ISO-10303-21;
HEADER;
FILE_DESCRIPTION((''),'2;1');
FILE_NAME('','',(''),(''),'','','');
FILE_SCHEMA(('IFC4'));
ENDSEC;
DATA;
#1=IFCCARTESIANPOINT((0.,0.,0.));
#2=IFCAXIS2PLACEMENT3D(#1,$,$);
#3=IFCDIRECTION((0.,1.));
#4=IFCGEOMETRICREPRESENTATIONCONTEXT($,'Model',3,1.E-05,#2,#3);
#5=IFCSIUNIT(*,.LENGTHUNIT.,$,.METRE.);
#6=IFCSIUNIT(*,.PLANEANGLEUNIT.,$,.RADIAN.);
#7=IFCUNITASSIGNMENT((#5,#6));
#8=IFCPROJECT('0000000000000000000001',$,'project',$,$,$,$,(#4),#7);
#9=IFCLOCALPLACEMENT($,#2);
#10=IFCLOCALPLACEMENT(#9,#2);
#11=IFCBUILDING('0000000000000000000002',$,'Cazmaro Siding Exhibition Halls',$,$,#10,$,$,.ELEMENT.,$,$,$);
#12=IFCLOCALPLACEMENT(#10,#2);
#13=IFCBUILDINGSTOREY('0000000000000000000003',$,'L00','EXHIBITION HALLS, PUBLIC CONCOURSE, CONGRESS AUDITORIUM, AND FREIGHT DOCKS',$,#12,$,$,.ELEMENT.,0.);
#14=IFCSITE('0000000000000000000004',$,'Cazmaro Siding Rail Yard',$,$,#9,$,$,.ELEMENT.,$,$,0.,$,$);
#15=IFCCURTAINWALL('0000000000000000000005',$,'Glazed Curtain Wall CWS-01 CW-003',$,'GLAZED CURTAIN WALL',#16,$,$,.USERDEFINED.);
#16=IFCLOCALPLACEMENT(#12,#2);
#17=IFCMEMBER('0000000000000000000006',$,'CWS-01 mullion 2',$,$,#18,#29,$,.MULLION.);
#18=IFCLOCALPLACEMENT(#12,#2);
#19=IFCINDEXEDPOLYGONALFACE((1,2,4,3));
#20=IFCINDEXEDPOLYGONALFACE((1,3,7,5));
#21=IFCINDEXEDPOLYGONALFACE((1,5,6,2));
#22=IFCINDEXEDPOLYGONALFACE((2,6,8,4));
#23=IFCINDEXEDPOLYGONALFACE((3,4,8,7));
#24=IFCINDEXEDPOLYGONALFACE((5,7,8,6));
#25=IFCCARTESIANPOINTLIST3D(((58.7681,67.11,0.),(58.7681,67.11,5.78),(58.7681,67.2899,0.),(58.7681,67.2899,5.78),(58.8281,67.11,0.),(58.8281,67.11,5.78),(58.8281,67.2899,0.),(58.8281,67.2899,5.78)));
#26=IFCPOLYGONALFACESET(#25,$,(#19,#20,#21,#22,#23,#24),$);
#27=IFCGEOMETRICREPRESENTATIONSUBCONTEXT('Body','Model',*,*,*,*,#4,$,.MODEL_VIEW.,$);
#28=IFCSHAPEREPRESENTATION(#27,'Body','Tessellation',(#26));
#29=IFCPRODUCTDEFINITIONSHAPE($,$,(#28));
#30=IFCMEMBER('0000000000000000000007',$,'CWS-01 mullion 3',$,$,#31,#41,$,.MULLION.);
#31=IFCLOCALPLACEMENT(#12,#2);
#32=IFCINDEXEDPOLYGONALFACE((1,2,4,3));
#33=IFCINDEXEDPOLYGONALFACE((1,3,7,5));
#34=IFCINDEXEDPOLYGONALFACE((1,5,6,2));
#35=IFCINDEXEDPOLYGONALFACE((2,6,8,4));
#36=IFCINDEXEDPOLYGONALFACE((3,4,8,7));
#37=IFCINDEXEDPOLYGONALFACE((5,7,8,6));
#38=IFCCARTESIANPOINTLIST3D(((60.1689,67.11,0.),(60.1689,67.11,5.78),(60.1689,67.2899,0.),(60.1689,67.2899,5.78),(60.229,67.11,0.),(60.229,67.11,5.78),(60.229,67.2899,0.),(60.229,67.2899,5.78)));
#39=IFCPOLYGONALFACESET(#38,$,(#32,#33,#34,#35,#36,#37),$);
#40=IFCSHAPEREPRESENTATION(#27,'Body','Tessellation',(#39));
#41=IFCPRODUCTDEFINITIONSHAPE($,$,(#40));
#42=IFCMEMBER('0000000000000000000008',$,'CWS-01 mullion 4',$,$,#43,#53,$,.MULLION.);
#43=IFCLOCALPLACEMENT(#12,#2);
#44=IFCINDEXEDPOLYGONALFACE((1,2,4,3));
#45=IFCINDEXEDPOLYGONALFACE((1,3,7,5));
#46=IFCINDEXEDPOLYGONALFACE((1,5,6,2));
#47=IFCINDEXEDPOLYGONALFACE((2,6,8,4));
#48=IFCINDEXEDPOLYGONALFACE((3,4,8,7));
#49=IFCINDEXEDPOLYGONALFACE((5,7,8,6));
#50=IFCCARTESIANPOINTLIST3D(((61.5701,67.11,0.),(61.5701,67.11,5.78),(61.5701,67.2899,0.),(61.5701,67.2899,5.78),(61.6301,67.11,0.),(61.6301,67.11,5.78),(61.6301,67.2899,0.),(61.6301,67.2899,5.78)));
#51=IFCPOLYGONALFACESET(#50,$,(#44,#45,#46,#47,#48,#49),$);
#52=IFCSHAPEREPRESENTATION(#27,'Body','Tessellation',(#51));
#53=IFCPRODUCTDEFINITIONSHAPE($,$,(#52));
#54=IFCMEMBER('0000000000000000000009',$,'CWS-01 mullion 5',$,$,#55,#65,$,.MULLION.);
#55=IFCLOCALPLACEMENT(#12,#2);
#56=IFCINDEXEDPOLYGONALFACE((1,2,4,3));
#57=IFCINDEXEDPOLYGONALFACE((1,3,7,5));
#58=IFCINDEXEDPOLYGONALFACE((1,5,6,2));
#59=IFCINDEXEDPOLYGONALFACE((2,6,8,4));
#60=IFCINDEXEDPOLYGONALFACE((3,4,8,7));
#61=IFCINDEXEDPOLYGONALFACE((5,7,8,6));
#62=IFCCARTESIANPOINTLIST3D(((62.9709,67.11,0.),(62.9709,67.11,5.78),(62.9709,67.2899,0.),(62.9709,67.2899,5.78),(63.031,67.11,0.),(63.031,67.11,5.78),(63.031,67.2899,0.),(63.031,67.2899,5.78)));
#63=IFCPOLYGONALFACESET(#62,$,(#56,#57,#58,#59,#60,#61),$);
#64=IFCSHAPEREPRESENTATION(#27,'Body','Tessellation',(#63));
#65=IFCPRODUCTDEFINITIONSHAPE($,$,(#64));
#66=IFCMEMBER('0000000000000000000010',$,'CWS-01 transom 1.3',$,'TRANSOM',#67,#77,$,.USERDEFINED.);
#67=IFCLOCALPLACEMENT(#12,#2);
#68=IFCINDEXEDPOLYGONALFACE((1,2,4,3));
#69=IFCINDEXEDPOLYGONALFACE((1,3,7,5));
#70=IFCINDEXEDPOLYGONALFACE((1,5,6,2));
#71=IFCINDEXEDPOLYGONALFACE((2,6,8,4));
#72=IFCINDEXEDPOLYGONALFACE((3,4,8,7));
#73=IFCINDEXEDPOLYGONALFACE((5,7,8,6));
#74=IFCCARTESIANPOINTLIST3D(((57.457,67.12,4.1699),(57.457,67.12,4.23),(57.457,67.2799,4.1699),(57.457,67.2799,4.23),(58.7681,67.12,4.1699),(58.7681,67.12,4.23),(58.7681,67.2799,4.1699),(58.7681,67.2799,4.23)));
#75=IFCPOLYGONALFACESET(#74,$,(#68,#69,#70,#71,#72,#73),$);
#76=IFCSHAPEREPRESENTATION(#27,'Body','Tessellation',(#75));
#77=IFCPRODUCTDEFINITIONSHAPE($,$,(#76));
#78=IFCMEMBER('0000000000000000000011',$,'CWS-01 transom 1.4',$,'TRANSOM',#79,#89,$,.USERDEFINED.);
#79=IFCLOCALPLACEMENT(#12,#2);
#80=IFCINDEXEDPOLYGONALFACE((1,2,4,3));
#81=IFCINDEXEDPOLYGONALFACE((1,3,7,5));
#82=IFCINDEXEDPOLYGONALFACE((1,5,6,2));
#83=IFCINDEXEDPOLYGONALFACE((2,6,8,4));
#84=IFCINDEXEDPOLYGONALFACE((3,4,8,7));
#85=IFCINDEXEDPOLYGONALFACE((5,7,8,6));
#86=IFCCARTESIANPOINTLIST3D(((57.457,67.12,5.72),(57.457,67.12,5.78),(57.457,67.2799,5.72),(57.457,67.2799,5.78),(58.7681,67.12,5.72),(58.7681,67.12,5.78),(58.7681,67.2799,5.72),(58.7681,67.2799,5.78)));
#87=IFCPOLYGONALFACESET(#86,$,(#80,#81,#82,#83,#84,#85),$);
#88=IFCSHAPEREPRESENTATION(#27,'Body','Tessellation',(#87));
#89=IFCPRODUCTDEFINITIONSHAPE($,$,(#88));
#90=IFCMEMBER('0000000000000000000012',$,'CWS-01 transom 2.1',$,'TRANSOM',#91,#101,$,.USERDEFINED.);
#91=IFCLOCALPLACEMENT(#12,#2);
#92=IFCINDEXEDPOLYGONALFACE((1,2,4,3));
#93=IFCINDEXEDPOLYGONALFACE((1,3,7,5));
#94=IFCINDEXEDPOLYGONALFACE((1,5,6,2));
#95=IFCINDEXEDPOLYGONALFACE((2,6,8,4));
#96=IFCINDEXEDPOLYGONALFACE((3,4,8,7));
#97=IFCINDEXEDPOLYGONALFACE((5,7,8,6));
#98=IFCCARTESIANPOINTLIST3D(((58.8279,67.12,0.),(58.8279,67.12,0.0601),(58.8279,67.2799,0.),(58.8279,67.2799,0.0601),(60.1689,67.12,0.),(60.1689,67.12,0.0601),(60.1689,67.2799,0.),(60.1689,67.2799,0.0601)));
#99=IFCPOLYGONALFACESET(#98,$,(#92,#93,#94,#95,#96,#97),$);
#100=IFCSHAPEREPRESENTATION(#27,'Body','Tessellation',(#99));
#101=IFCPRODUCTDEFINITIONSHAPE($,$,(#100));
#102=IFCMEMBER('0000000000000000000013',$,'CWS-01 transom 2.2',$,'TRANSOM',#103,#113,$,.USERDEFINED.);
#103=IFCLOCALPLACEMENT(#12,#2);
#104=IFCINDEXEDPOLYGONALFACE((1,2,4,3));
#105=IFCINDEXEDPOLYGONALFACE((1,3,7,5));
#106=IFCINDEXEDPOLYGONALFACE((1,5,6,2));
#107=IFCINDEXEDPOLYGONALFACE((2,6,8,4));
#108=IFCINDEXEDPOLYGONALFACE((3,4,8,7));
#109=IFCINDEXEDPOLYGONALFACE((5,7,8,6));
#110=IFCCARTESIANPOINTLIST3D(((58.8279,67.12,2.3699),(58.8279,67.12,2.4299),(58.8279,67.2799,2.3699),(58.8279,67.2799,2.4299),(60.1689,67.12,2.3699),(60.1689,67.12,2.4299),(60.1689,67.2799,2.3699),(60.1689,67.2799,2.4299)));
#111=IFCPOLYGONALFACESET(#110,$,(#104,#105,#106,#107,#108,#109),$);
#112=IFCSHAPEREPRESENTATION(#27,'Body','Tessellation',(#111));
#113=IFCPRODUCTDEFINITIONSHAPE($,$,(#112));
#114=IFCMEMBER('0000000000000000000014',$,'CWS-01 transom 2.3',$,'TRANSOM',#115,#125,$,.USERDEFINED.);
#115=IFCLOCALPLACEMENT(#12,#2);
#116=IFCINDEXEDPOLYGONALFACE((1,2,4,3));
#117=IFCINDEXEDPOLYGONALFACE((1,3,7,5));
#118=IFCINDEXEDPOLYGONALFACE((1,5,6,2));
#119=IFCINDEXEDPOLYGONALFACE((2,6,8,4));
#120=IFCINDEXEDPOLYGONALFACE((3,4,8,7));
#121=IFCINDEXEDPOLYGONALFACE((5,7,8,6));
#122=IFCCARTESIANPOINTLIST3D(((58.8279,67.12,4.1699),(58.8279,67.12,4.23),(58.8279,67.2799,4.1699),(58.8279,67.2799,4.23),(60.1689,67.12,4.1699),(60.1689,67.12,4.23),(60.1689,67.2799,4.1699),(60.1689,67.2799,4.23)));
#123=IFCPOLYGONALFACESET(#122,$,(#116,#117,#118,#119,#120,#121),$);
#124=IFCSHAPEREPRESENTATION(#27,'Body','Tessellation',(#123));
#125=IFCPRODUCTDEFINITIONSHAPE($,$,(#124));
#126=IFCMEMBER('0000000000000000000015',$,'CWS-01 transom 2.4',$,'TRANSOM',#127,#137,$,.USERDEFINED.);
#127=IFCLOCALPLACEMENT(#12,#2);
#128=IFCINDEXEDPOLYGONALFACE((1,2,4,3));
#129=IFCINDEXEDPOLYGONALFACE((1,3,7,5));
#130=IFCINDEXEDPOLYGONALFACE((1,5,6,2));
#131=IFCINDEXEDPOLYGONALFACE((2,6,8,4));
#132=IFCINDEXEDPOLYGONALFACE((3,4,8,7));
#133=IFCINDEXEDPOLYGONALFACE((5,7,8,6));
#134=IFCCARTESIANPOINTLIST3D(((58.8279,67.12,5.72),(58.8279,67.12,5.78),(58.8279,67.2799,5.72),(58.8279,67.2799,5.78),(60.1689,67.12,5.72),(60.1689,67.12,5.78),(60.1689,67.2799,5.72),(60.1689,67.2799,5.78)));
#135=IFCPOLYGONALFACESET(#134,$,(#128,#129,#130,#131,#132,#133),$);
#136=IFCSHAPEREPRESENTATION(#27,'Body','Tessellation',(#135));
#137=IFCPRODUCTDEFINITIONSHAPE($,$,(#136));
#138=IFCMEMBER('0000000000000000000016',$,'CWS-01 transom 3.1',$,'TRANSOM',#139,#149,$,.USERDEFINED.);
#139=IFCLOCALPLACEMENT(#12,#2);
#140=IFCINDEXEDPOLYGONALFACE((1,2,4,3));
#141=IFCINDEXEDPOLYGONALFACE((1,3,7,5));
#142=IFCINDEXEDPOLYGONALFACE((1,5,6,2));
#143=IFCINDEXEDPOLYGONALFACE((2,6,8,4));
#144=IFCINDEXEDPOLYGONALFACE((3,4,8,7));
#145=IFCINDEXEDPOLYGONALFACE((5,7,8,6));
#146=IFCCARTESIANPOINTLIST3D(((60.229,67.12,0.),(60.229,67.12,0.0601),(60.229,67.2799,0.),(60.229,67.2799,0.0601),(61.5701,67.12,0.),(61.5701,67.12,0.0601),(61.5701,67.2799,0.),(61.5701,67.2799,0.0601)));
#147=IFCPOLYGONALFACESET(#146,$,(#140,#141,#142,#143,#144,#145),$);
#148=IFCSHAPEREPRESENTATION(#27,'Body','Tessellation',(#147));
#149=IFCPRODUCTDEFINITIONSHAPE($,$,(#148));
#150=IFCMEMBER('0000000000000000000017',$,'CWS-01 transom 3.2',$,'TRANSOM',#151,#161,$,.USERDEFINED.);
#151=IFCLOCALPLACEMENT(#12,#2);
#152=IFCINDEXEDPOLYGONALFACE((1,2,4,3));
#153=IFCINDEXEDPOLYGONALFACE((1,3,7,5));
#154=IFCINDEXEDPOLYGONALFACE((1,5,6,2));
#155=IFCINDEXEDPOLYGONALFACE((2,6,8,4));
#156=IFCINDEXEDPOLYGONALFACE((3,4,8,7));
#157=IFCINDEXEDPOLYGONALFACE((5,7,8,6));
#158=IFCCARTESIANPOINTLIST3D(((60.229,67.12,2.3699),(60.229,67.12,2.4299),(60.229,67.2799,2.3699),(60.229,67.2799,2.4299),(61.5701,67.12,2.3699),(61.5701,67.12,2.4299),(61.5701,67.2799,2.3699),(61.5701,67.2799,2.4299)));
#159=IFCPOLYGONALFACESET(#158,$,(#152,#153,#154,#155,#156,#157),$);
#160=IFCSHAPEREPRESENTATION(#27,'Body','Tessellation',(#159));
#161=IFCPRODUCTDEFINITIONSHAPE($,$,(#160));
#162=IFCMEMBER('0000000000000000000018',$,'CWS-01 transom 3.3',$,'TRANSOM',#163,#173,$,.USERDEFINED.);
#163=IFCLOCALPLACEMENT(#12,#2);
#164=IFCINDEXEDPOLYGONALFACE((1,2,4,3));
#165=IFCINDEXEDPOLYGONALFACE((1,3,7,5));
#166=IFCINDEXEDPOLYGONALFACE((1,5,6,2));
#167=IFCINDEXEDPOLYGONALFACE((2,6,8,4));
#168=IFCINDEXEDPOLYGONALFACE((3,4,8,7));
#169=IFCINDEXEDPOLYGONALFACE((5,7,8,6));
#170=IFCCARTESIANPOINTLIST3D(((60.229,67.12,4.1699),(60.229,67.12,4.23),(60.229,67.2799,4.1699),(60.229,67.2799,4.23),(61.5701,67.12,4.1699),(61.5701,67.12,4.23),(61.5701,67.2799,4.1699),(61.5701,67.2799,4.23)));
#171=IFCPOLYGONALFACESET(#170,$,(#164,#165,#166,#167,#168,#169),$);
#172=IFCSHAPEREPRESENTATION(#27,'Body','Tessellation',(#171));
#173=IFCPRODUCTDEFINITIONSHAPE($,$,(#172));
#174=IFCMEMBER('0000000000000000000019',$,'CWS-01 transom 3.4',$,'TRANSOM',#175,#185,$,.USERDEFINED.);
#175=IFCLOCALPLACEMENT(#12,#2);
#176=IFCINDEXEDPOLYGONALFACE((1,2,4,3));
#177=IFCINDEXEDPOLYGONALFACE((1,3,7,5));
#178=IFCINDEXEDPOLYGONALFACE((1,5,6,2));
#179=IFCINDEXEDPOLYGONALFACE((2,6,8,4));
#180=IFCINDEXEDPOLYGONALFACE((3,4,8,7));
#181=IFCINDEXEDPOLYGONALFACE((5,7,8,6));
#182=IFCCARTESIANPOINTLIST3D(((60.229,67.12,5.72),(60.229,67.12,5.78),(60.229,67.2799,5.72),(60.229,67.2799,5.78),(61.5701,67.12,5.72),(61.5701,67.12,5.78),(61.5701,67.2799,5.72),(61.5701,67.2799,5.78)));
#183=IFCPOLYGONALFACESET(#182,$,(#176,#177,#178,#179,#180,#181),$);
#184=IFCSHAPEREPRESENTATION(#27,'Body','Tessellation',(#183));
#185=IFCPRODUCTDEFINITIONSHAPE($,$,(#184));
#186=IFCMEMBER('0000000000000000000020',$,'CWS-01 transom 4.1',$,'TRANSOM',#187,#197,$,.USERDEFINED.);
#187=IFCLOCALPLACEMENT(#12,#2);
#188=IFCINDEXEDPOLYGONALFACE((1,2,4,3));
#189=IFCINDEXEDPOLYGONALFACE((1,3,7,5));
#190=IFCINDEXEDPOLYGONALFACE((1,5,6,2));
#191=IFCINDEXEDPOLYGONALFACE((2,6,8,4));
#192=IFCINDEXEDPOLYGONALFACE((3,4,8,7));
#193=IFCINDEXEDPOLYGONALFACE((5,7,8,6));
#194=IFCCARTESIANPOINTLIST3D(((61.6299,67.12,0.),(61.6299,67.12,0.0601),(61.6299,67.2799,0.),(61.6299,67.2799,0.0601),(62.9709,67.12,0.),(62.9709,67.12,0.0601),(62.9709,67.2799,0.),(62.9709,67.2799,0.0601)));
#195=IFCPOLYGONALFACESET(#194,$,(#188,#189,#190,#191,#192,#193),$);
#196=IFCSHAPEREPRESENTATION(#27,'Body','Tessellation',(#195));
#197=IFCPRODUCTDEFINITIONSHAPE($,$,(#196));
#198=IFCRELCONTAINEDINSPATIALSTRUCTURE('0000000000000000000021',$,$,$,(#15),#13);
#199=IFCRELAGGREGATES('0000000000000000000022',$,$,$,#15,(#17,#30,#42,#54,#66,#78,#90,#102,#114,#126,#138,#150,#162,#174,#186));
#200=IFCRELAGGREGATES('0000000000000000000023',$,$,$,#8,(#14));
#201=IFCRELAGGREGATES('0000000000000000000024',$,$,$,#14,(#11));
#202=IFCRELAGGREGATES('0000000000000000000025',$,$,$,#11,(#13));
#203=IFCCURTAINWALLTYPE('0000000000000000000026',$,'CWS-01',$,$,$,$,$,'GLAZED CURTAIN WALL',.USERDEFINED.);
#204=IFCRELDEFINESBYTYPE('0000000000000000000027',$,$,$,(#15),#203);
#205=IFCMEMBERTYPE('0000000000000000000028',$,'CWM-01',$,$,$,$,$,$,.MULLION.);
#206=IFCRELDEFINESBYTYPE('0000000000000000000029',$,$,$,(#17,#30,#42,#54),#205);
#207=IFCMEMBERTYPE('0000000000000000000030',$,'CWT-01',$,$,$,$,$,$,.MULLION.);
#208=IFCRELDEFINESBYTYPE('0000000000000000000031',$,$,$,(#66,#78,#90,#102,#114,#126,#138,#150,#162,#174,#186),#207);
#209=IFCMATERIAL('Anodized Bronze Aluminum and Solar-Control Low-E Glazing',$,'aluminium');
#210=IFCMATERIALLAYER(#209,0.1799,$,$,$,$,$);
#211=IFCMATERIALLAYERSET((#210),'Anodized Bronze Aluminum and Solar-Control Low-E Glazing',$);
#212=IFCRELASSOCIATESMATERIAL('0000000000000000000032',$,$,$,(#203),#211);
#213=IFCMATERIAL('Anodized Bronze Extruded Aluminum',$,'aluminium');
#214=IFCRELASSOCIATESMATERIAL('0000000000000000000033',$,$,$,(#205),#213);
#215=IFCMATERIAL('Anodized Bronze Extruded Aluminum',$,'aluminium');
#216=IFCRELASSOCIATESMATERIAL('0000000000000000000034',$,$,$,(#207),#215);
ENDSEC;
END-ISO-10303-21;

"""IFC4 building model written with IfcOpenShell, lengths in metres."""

from ifc_helpers import new_model, si_unit, direction, frame, origin, origin_2d, place, context, subcontext, project, spatial, rectangle, extrude, material, layer, layer_set, material_profile, profile_set, type_object, element, aggregate, save


model = new_model("IFC4")

# Units and contexts
model_context = context("Model", 3, precision=1e-05, world=origin(), true_north=direction((0.0, 1.0)))
body_context = subcontext(model_context, "Body", "Model", "MODEL_VIEW")
ifc_project = project(units=[si_unit("LENGTHUNIT", "METRE"), si_unit("PLANEANGLEUNIT", "RADIAN")], contexts=[model_context])

# Site, building, storey
site_placement = place(None, origin())
site = spatial("IfcSite", under=ifc_project, at=site_placement, Name="Cazmaro Siding Rail Yard", CompositionType="ELEMENT", RefElevation=0.0)
building_placement = place(site_placement, origin())
building = spatial("IfcBuilding", under=site, at=building_placement, Name="Cazmaro Siding Exhibition Halls", CompositionType="ELEMENT")
storey_placement = place(building_placement, origin())
storey = spatial("IfcBuildingStorey", under=building, at=storey_placement, Name="L00", Description="EXHIBITION HALLS, PUBLIC CONCOURSE, CONGRESS AUDITORIUM, AND FREIGHT DOCKS", CompositionType="ELEMENT", Elevation=0.0)

# Curtain wall, members
ifc_material_1 = material(Name="Anodized Bronze Aluminum and Solar-Control Low-E Glazing", Category="aluminium")
ifc_layer_1 = layer(ifc_material_1, 0.1799)
ifc_layer_set_1 = layer_set([ifc_layer_1], Name="Anodized Bronze Aluminum and Solar-Control Low-E Glazing")
curtain_wall_type = type_object("IfcCurtainWallType", Name="CWS-01", ElementType="GLAZED CURTAIN WALL", PredefinedType="USERDEFINED", material=ifc_layer_set_1)
curtain_wall_placement = place(storey_placement, origin())
curtain_wall = element("IfcCurtainWall", 1, at=curtain_wall_placement, inside=storey, type_object=curtain_wall_type, Name="Glazed Curtain Wall CWS-01 CW-003", ObjectType="GLAZED CURTAIN WALL", PredefinedType="USERDEFINED")
ifc_material_2 = material(Name="Anodized Bronze Extruded Aluminum", Category="aluminium")
ifc_material_profile_1 = material_profile(ifc_material_2, rectangle(XDim=0.1799, YDim=0.0601, at=origin_2d()), Name="CWM-01")
ifc_profile_set_1 = profile_set([ifc_material_profile_1], Name="Anodized Bronze Extruded Aluminum")
member_type_1 = type_object("IfcMemberType", Name="CWM-01", PredefinedType="MULLION", material=ifc_profile_set_1)
member_1_placement = place(storey_placement, frame((58.7981, 67.2, 0.0), z_axis=(0.0, 0.0, 1.0), x_axis=(0.0, 1.0, 0.0)))
member_1 = element("IfcMember", 2, at=member_1_placement, type_object=member_type_1, Name="CWS-01 mullion 2", PredefinedType="MULLION", context=body_context, shape_type="SweptSolid", body=[
    extrude(rectangle(XDim=0.1799, YDim=0.0601, at=origin_2d()), origin(), (0.0, 0.0, 1.0), 5.78),
])
member_2_placement = place(storey_placement, frame((60.199, 67.2, 0.0), z_axis=(0.0, 0.0, 1.0), x_axis=(0.0, 1.0, 0.0)))
member_2 = element("IfcMember", 3, at=member_2_placement, type_object=member_type_1, Name="CWS-01 mullion 3", PredefinedType="MULLION", context=body_context, shape_type="SweptSolid", body=[
    extrude(rectangle(XDim=0.1799, YDim=0.0601, at=origin_2d()), origin(), (0.0, 0.0, 1.0), 5.78),
])
member_3_placement = place(storey_placement, frame((61.6001, 67.2, 0.0), z_axis=(0.0, 0.0, 1.0), x_axis=(0.0, 1.0, 0.0)))
member_3 = element("IfcMember", 4, at=member_3_placement, type_object=member_type_1, Name="CWS-01 mullion 4", PredefinedType="MULLION", context=body_context, shape_type="SweptSolid", body=[
    extrude(rectangle(XDim=0.1799, YDim=0.0601, at=origin_2d()), origin(), (0.0, 0.0, 1.0), 5.78),
])
member_4_placement = place(storey_placement, frame((63.001, 67.2, 0.0), z_axis=(0.0, 0.0, 1.0), x_axis=(0.0, 1.0, 0.0)))
member_4 = element("IfcMember", 5, at=member_4_placement, type_object=member_type_1, Name="CWS-01 mullion 5", PredefinedType="MULLION", context=body_context, shape_type="SweptSolid", body=[
    extrude(rectangle(XDim=0.1799, YDim=0.0601, at=origin_2d()), origin(), (0.0, 0.0, 1.0), 5.78),
])
ifc_material_3 = material(Name="Anodized Bronze Extruded Aluminum", Category="aluminium")
ifc_material_profile_2 = material_profile(ifc_material_3, rectangle(XDim=0.1599, YDim=0.0601, at=origin_2d()), Name="CWT-01")
ifc_profile_set_2 = profile_set([ifc_material_profile_2], Name="Anodized Bronze Extruded Aluminum")
member_type_2 = type_object("IfcMemberType", Name="CWT-01", PredefinedType="MULLION", material=ifc_profile_set_2)
member_5_placement = place(storey_placement, frame((57.457, 67.2, 4.2), z_axis=(1.0, 0.0, 0.0), x_axis=(0.0, 1.0, 0.0)))
member_5 = element("IfcMember", 6, at=member_5_placement, type_object=member_type_2, Name="CWS-01 transom 1.3", ObjectType="TRANSOM", PredefinedType="USERDEFINED", context=body_context, shape_type="SweptSolid", body=[
    extrude(rectangle(XDim=0.1599, YDim=0.0601, at=origin_2d()), origin(), (0.0, 0.0, 1.0), 1.311),
])
member_6_placement = place(storey_placement, frame((57.457, 67.2, 5.75), z_axis=(1.0, 0.0, 0.0), x_axis=(0.0, 1.0, 0.0)))
member_6 = element("IfcMember", 7, at=member_6_placement, type_object=member_type_2, Name="CWS-01 transom 1.4", ObjectType="TRANSOM", PredefinedType="USERDEFINED", context=body_context, shape_type="SweptSolid", body=[
    extrude(rectangle(XDim=0.1599, YDim=0.0601, at=origin_2d()), origin(), (0.0, 0.0, 1.0), 1.311),
])
member_7_placement = place(storey_placement, frame((58.8279, 67.2, 0.03), z_axis=(1.0, 0.0, 0.0), x_axis=(0.0, 1.0, 0.0)))
member_7 = element("IfcMember", 8, at=member_7_placement, type_object=member_type_2, Name="CWS-01 transom 2.1", ObjectType="TRANSOM", PredefinedType="USERDEFINED", context=body_context, shape_type="SweptSolid", body=[
    extrude(rectangle(XDim=0.1599, YDim=0.0601, at=origin_2d()), origin(), (0.0, 0.0, 1.0), 1.3411),
])
member_8_placement = place(storey_placement, frame((58.8279, 67.2, 2.3999), z_axis=(1.0, 0.0, 0.0), x_axis=(0.0, 1.0, 0.0)))
member_8 = element("IfcMember", 9, at=member_8_placement, type_object=member_type_2, Name="CWS-01 transom 2.2", ObjectType="TRANSOM", PredefinedType="USERDEFINED", context=body_context, shape_type="SweptSolid", body=[
    extrude(rectangle(XDim=0.1599, YDim=0.0601, at=origin_2d()), origin(), (0.0, 0.0, 1.0), 1.3411),
])
member_9_placement = place(storey_placement, frame((58.8279, 67.2, 4.2), z_axis=(1.0, 0.0, 0.0), x_axis=(0.0, 1.0, 0.0)))
member_9 = element("IfcMember", 10, at=member_9_placement, type_object=member_type_2, Name="CWS-01 transom 2.3", ObjectType="TRANSOM", PredefinedType="USERDEFINED", context=body_context, shape_type="SweptSolid", body=[
    extrude(rectangle(XDim=0.1599, YDim=0.0601, at=origin_2d()), origin(), (0.0, 0.0, 1.0), 1.3411),
])
member_10_placement = place(storey_placement, frame((58.8279, 67.2, 5.75), z_axis=(1.0, 0.0, 0.0), x_axis=(0.0, 1.0, 0.0)))
member_10 = element("IfcMember", 11, at=member_10_placement, type_object=member_type_2, Name="CWS-01 transom 2.4", ObjectType="TRANSOM", PredefinedType="USERDEFINED", context=body_context, shape_type="SweptSolid", body=[
    extrude(rectangle(XDim=0.1599, YDim=0.0601, at=origin_2d()), origin(), (0.0, 0.0, 1.0), 1.3411),
])
member_11_placement = place(storey_placement, frame((60.229, 67.2, 0.03), z_axis=(1.0, 0.0, 0.0), x_axis=(0.0, 1.0, 0.0)))
member_11 = element("IfcMember", 12, at=member_11_placement, type_object=member_type_2, Name="CWS-01 transom 3.1", ObjectType="TRANSOM", PredefinedType="USERDEFINED", context=body_context, shape_type="SweptSolid", body=[
    extrude(rectangle(XDim=0.1599, YDim=0.0601, at=origin_2d()), origin(), (0.0, 0.0, 1.0), 1.3411),
])
member_12_placement = place(storey_placement, frame((60.229, 67.2, 2.3999), z_axis=(1.0, 0.0, 0.0), x_axis=(0.0, 1.0, 0.0)))
member_12 = element("IfcMember", 13, at=member_12_placement, type_object=member_type_2, Name="CWS-01 transom 3.2", ObjectType="TRANSOM", PredefinedType="USERDEFINED", context=body_context, shape_type="SweptSolid", body=[
    extrude(rectangle(XDim=0.1599, YDim=0.0601, at=origin_2d()), origin(), (0.0, 0.0, 1.0), 1.3411),
])
member_13_placement = place(storey_placement, frame((60.229, 67.2, 4.2), z_axis=(1.0, 0.0, 0.0), x_axis=(0.0, 1.0, 0.0)))
member_13 = element("IfcMember", 14, at=member_13_placement, type_object=member_type_2, Name="CWS-01 transom 3.3", ObjectType="TRANSOM", PredefinedType="USERDEFINED", context=body_context, shape_type="SweptSolid", body=[
    extrude(rectangle(XDim=0.1599, YDim=0.0601, at=origin_2d()), origin(), (0.0, 0.0, 1.0), 1.3411),
])
member_14_placement = place(storey_placement, frame((60.229, 67.2, 5.75), z_axis=(1.0, 0.0, 0.0), x_axis=(0.0, 1.0, 0.0)))
member_14 = element("IfcMember", 15, at=member_14_placement, type_object=member_type_2, Name="CWS-01 transom 3.4", ObjectType="TRANSOM", PredefinedType="USERDEFINED", context=body_context, shape_type="SweptSolid", body=[
    extrude(rectangle(XDim=0.1599, YDim=0.0601, at=origin_2d()), origin(), (0.0, 0.0, 1.0), 1.3411),
])
member_15_placement = place(storey_placement, frame((61.6299, 67.2, 0.03), z_axis=(1.0, 0.0, 0.0), x_axis=(0.0, 1.0, 0.0)))
member_15 = element("IfcMember", 16, at=member_15_placement, type_object=member_type_2, Name="CWS-01 transom 4.1", ObjectType="TRANSOM", PredefinedType="USERDEFINED", context=body_context, shape_type="SweptSolid", body=[
    extrude(rectangle(XDim=0.1599, YDim=0.0601, at=origin_2d()), origin(), (0.0, 0.0, 1.0), 1.3411),
])
aggregate(curtain_wall, [member_1, member_2, member_3, member_4, member_5, member_6, member_7, member_8, member_9, member_10, member_11, member_12, member_13, member_14, member_15])

save(model, "model.ifc")
